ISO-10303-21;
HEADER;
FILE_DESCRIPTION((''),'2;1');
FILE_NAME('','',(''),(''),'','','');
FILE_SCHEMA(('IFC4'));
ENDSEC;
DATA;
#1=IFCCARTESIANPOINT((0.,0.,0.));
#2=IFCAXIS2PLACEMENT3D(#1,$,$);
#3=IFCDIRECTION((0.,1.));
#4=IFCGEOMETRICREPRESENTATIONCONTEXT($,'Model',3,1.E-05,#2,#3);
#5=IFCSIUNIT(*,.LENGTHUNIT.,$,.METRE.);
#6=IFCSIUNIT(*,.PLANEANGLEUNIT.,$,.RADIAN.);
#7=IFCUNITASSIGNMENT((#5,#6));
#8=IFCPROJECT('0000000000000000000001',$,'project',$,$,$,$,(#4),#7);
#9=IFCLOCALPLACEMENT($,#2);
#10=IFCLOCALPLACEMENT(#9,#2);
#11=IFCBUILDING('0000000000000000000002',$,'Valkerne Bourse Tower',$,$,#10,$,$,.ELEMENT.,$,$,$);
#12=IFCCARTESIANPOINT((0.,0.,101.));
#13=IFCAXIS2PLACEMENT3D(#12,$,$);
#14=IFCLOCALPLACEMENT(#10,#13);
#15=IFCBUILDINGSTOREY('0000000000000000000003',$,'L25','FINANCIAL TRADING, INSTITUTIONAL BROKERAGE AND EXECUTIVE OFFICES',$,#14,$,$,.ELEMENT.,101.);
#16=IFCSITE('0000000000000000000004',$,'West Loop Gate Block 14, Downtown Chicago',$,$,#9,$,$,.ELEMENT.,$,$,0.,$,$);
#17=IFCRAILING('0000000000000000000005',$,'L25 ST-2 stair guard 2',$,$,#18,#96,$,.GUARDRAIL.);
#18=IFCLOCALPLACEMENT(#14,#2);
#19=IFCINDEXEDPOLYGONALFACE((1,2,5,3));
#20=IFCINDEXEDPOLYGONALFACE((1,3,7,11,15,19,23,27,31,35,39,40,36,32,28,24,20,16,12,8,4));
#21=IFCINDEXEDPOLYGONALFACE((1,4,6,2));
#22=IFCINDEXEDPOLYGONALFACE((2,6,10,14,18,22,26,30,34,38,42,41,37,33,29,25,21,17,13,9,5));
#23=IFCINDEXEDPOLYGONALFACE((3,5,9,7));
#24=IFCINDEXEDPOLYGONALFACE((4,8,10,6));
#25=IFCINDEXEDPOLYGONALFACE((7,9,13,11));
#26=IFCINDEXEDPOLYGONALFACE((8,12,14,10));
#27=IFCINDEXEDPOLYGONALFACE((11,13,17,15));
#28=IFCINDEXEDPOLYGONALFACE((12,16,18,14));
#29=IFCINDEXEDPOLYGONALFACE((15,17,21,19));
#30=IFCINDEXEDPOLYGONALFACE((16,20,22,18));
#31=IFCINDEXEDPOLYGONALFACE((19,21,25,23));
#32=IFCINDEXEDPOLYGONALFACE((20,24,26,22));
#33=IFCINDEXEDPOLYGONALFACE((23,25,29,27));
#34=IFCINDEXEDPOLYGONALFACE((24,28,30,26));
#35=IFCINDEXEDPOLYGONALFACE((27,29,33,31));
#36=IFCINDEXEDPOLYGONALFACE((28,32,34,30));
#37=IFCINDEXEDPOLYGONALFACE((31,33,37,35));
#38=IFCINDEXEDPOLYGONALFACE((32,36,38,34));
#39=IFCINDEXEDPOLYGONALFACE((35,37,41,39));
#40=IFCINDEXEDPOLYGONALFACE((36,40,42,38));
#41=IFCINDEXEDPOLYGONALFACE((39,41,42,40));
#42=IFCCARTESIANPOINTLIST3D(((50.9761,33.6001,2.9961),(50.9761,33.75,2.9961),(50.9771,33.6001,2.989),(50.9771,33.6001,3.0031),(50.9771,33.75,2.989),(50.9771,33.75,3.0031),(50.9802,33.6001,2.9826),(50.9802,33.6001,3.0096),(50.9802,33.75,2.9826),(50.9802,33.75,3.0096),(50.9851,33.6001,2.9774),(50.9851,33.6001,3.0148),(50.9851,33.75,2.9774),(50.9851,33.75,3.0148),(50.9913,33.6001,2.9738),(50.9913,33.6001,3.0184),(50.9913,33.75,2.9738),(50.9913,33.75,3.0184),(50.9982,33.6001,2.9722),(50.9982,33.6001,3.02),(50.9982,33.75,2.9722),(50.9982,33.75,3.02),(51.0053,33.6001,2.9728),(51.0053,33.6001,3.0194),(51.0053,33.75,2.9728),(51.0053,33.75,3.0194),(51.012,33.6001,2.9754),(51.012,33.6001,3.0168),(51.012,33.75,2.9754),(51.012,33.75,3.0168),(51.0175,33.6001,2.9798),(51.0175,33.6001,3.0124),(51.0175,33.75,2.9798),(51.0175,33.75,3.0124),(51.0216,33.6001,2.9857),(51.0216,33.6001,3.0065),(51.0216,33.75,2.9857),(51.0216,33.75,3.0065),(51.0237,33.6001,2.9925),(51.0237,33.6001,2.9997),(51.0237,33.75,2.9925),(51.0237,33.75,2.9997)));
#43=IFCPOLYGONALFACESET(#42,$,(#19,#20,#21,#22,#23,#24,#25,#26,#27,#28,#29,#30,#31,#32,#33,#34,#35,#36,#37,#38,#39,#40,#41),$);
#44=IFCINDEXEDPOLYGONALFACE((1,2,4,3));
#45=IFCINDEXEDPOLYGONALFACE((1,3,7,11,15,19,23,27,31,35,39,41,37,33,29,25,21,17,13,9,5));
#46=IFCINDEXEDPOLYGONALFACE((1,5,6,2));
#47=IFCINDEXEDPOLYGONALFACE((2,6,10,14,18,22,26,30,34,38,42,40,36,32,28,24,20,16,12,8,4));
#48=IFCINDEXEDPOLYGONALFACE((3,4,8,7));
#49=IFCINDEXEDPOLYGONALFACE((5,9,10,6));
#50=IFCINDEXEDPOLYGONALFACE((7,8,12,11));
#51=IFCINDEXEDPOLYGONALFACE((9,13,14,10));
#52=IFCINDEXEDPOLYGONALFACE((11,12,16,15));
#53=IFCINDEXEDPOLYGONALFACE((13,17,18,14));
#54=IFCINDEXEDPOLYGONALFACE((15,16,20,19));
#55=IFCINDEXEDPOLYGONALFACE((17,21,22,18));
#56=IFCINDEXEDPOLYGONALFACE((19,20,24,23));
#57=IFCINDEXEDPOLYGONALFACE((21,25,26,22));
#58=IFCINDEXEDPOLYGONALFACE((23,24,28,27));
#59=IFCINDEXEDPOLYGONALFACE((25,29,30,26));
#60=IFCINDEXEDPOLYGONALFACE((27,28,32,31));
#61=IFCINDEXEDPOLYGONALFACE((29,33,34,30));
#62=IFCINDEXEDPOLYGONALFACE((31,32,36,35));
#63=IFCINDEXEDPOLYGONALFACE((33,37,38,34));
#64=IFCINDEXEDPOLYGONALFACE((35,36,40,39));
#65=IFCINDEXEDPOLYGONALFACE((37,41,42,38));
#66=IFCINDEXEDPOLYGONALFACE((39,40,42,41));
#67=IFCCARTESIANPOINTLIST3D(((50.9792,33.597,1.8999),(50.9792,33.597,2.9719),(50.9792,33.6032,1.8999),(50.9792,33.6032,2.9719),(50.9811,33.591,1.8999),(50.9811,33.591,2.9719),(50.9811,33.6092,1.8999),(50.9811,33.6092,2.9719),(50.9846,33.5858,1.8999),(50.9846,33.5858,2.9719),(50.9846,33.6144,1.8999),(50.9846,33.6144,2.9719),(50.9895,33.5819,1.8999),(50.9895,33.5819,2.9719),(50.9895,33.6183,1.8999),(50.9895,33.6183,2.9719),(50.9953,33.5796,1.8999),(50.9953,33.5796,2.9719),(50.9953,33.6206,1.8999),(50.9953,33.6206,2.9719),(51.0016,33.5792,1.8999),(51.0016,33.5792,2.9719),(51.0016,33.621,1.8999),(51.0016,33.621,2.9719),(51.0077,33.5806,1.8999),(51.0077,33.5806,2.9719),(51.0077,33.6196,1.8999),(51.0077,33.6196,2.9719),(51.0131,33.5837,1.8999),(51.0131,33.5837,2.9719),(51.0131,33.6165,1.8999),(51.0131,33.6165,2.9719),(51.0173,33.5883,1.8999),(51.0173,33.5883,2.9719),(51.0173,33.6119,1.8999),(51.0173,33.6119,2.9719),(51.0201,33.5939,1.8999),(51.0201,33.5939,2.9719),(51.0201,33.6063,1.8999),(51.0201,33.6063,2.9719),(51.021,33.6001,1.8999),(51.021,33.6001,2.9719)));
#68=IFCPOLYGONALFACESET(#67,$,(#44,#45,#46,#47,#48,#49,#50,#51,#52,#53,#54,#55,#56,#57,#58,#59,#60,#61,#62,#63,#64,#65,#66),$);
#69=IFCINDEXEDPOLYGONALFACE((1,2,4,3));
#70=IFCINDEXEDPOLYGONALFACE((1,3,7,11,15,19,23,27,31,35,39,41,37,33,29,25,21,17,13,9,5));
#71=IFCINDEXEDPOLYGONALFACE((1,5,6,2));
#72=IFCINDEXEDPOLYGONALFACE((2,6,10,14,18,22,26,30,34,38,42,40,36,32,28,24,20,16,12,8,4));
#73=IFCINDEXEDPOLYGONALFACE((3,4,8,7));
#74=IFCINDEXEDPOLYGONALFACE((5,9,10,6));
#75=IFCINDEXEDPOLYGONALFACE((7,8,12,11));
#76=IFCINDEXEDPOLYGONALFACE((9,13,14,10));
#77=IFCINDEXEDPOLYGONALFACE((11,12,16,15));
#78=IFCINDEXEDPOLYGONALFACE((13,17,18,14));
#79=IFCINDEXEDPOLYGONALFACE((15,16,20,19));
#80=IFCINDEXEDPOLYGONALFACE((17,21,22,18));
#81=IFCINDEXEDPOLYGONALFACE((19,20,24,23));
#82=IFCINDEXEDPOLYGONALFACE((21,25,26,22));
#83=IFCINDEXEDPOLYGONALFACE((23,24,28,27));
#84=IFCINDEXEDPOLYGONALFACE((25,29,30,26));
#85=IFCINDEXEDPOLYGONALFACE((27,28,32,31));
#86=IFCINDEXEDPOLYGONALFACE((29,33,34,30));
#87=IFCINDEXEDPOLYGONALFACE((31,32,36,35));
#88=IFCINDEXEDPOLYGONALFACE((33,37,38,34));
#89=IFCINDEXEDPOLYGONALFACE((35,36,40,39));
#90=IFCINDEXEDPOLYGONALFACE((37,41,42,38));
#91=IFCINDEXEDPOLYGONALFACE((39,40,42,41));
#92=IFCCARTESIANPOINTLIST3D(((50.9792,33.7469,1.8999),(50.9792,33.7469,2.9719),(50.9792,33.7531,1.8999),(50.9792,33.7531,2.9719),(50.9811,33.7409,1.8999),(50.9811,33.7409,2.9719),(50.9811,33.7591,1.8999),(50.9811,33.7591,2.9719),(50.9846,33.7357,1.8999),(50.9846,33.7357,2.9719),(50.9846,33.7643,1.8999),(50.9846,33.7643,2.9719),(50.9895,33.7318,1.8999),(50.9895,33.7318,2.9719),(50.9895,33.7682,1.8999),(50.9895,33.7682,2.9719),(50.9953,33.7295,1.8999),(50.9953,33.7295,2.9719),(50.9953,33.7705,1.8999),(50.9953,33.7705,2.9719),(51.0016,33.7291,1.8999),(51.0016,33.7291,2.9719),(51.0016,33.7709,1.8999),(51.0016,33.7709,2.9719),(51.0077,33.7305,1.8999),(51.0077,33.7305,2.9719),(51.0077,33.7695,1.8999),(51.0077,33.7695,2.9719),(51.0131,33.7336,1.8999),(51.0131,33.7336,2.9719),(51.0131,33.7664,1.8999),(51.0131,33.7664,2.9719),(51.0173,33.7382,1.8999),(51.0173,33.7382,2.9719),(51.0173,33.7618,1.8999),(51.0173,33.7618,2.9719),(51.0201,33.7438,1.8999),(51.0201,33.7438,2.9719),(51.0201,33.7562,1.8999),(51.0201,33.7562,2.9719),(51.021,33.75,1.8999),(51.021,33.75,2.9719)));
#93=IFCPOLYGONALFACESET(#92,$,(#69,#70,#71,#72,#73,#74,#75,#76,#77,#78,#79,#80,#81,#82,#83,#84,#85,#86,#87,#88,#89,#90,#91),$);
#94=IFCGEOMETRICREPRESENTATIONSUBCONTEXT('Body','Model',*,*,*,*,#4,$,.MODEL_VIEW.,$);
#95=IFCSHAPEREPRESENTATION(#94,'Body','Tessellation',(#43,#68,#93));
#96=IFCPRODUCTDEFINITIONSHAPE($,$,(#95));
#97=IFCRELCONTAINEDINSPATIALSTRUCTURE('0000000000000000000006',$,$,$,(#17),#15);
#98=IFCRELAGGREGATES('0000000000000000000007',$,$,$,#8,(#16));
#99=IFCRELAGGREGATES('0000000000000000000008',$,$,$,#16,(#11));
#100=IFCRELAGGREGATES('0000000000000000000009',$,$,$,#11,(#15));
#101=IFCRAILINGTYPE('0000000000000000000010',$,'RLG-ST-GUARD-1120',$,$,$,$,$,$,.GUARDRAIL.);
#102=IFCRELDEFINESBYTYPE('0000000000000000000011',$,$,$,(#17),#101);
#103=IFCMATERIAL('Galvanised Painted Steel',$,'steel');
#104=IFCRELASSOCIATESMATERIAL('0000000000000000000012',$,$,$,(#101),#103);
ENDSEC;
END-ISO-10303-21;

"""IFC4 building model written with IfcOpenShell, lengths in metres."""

from ifc_helpers import new_model, si_unit, direction, frame, origin, origin_2d, place, context, subcontext, project, spatial, circle, extrude, material, type_object, element, save


model = new_model("IFC4")

# Units and contexts
model_context = context("Model", 3, precision=1e-05, world=origin(), true_north=direction((0.0, 1.0)))
body_context = subcontext(model_context, "Body", "Model", "MODEL_VIEW")
ifc_project = project(units=[si_unit("LENGTHUNIT", "METRE"), si_unit("PLANEANGLEUNIT", "RADIAN")], contexts=[model_context])

# Site, building, storey
site_placement = place(None, origin())
site = spatial("IfcSite", under=ifc_project, at=site_placement, Name="West Loop Gate Block 14, Downtown Chicago", CompositionType="ELEMENT", RefElevation=0.0)
building_placement = place(site_placement, origin())
building = spatial("IfcBuilding", under=site, at=building_placement, Name="Valkerne Bourse Tower", CompositionType="ELEMENT")
storey_placement = place(building_placement, frame((0.0, 0.0, 101.0)))
storey = spatial("IfcBuildingStorey", under=building, at=storey_placement, Name="L25", Description="FINANCIAL TRADING, INSTITUTIONAL BROKERAGE AND EXECUTIVE OFFICES", CompositionType="ELEMENT", Elevation=101.0)

# Railing
ifc_material_1 = material(Name="Galvanised Painted Steel", Category="steel")
railing_type_1 = type_object("IfcRailingType", Name="RLG-ST-GUARD-1120", PredefinedType="GUARDRAIL", material=ifc_material_1)
railing_1_placement = place(storey_placement, frame((51.0, 33.6001, 1.8999)))
element("IfcRailing", 1, at=railing_1_placement, inside=storey, type_object=railing_type_1, Name="L25 ST-2 stair guard 2", PredefinedType="GUARDRAIL", context=body_context, shape_type="SweptSolid", body=[
    extrude(circle(Radius=0.0239, at=origin_2d()), frame((0.0, 0.0, 1.0962), z_axis=(0.0, 1.0, 0.0), x_axis=(-1.0, 0.0, 0.0)), (0.0, 0.0, 1.0), 0.1499),
    extrude(circle(Radius=0.021, at=origin_2d()), origin(), (0.0, 0.0, 1.0), 1.072),
    extrude(circle(Radius=0.021, at=origin_2d()), frame((0.0, 0.1499, 0.0)), (0.0, 0.0, 1.0), 1.072),
])

save(model, "model.ifc")
